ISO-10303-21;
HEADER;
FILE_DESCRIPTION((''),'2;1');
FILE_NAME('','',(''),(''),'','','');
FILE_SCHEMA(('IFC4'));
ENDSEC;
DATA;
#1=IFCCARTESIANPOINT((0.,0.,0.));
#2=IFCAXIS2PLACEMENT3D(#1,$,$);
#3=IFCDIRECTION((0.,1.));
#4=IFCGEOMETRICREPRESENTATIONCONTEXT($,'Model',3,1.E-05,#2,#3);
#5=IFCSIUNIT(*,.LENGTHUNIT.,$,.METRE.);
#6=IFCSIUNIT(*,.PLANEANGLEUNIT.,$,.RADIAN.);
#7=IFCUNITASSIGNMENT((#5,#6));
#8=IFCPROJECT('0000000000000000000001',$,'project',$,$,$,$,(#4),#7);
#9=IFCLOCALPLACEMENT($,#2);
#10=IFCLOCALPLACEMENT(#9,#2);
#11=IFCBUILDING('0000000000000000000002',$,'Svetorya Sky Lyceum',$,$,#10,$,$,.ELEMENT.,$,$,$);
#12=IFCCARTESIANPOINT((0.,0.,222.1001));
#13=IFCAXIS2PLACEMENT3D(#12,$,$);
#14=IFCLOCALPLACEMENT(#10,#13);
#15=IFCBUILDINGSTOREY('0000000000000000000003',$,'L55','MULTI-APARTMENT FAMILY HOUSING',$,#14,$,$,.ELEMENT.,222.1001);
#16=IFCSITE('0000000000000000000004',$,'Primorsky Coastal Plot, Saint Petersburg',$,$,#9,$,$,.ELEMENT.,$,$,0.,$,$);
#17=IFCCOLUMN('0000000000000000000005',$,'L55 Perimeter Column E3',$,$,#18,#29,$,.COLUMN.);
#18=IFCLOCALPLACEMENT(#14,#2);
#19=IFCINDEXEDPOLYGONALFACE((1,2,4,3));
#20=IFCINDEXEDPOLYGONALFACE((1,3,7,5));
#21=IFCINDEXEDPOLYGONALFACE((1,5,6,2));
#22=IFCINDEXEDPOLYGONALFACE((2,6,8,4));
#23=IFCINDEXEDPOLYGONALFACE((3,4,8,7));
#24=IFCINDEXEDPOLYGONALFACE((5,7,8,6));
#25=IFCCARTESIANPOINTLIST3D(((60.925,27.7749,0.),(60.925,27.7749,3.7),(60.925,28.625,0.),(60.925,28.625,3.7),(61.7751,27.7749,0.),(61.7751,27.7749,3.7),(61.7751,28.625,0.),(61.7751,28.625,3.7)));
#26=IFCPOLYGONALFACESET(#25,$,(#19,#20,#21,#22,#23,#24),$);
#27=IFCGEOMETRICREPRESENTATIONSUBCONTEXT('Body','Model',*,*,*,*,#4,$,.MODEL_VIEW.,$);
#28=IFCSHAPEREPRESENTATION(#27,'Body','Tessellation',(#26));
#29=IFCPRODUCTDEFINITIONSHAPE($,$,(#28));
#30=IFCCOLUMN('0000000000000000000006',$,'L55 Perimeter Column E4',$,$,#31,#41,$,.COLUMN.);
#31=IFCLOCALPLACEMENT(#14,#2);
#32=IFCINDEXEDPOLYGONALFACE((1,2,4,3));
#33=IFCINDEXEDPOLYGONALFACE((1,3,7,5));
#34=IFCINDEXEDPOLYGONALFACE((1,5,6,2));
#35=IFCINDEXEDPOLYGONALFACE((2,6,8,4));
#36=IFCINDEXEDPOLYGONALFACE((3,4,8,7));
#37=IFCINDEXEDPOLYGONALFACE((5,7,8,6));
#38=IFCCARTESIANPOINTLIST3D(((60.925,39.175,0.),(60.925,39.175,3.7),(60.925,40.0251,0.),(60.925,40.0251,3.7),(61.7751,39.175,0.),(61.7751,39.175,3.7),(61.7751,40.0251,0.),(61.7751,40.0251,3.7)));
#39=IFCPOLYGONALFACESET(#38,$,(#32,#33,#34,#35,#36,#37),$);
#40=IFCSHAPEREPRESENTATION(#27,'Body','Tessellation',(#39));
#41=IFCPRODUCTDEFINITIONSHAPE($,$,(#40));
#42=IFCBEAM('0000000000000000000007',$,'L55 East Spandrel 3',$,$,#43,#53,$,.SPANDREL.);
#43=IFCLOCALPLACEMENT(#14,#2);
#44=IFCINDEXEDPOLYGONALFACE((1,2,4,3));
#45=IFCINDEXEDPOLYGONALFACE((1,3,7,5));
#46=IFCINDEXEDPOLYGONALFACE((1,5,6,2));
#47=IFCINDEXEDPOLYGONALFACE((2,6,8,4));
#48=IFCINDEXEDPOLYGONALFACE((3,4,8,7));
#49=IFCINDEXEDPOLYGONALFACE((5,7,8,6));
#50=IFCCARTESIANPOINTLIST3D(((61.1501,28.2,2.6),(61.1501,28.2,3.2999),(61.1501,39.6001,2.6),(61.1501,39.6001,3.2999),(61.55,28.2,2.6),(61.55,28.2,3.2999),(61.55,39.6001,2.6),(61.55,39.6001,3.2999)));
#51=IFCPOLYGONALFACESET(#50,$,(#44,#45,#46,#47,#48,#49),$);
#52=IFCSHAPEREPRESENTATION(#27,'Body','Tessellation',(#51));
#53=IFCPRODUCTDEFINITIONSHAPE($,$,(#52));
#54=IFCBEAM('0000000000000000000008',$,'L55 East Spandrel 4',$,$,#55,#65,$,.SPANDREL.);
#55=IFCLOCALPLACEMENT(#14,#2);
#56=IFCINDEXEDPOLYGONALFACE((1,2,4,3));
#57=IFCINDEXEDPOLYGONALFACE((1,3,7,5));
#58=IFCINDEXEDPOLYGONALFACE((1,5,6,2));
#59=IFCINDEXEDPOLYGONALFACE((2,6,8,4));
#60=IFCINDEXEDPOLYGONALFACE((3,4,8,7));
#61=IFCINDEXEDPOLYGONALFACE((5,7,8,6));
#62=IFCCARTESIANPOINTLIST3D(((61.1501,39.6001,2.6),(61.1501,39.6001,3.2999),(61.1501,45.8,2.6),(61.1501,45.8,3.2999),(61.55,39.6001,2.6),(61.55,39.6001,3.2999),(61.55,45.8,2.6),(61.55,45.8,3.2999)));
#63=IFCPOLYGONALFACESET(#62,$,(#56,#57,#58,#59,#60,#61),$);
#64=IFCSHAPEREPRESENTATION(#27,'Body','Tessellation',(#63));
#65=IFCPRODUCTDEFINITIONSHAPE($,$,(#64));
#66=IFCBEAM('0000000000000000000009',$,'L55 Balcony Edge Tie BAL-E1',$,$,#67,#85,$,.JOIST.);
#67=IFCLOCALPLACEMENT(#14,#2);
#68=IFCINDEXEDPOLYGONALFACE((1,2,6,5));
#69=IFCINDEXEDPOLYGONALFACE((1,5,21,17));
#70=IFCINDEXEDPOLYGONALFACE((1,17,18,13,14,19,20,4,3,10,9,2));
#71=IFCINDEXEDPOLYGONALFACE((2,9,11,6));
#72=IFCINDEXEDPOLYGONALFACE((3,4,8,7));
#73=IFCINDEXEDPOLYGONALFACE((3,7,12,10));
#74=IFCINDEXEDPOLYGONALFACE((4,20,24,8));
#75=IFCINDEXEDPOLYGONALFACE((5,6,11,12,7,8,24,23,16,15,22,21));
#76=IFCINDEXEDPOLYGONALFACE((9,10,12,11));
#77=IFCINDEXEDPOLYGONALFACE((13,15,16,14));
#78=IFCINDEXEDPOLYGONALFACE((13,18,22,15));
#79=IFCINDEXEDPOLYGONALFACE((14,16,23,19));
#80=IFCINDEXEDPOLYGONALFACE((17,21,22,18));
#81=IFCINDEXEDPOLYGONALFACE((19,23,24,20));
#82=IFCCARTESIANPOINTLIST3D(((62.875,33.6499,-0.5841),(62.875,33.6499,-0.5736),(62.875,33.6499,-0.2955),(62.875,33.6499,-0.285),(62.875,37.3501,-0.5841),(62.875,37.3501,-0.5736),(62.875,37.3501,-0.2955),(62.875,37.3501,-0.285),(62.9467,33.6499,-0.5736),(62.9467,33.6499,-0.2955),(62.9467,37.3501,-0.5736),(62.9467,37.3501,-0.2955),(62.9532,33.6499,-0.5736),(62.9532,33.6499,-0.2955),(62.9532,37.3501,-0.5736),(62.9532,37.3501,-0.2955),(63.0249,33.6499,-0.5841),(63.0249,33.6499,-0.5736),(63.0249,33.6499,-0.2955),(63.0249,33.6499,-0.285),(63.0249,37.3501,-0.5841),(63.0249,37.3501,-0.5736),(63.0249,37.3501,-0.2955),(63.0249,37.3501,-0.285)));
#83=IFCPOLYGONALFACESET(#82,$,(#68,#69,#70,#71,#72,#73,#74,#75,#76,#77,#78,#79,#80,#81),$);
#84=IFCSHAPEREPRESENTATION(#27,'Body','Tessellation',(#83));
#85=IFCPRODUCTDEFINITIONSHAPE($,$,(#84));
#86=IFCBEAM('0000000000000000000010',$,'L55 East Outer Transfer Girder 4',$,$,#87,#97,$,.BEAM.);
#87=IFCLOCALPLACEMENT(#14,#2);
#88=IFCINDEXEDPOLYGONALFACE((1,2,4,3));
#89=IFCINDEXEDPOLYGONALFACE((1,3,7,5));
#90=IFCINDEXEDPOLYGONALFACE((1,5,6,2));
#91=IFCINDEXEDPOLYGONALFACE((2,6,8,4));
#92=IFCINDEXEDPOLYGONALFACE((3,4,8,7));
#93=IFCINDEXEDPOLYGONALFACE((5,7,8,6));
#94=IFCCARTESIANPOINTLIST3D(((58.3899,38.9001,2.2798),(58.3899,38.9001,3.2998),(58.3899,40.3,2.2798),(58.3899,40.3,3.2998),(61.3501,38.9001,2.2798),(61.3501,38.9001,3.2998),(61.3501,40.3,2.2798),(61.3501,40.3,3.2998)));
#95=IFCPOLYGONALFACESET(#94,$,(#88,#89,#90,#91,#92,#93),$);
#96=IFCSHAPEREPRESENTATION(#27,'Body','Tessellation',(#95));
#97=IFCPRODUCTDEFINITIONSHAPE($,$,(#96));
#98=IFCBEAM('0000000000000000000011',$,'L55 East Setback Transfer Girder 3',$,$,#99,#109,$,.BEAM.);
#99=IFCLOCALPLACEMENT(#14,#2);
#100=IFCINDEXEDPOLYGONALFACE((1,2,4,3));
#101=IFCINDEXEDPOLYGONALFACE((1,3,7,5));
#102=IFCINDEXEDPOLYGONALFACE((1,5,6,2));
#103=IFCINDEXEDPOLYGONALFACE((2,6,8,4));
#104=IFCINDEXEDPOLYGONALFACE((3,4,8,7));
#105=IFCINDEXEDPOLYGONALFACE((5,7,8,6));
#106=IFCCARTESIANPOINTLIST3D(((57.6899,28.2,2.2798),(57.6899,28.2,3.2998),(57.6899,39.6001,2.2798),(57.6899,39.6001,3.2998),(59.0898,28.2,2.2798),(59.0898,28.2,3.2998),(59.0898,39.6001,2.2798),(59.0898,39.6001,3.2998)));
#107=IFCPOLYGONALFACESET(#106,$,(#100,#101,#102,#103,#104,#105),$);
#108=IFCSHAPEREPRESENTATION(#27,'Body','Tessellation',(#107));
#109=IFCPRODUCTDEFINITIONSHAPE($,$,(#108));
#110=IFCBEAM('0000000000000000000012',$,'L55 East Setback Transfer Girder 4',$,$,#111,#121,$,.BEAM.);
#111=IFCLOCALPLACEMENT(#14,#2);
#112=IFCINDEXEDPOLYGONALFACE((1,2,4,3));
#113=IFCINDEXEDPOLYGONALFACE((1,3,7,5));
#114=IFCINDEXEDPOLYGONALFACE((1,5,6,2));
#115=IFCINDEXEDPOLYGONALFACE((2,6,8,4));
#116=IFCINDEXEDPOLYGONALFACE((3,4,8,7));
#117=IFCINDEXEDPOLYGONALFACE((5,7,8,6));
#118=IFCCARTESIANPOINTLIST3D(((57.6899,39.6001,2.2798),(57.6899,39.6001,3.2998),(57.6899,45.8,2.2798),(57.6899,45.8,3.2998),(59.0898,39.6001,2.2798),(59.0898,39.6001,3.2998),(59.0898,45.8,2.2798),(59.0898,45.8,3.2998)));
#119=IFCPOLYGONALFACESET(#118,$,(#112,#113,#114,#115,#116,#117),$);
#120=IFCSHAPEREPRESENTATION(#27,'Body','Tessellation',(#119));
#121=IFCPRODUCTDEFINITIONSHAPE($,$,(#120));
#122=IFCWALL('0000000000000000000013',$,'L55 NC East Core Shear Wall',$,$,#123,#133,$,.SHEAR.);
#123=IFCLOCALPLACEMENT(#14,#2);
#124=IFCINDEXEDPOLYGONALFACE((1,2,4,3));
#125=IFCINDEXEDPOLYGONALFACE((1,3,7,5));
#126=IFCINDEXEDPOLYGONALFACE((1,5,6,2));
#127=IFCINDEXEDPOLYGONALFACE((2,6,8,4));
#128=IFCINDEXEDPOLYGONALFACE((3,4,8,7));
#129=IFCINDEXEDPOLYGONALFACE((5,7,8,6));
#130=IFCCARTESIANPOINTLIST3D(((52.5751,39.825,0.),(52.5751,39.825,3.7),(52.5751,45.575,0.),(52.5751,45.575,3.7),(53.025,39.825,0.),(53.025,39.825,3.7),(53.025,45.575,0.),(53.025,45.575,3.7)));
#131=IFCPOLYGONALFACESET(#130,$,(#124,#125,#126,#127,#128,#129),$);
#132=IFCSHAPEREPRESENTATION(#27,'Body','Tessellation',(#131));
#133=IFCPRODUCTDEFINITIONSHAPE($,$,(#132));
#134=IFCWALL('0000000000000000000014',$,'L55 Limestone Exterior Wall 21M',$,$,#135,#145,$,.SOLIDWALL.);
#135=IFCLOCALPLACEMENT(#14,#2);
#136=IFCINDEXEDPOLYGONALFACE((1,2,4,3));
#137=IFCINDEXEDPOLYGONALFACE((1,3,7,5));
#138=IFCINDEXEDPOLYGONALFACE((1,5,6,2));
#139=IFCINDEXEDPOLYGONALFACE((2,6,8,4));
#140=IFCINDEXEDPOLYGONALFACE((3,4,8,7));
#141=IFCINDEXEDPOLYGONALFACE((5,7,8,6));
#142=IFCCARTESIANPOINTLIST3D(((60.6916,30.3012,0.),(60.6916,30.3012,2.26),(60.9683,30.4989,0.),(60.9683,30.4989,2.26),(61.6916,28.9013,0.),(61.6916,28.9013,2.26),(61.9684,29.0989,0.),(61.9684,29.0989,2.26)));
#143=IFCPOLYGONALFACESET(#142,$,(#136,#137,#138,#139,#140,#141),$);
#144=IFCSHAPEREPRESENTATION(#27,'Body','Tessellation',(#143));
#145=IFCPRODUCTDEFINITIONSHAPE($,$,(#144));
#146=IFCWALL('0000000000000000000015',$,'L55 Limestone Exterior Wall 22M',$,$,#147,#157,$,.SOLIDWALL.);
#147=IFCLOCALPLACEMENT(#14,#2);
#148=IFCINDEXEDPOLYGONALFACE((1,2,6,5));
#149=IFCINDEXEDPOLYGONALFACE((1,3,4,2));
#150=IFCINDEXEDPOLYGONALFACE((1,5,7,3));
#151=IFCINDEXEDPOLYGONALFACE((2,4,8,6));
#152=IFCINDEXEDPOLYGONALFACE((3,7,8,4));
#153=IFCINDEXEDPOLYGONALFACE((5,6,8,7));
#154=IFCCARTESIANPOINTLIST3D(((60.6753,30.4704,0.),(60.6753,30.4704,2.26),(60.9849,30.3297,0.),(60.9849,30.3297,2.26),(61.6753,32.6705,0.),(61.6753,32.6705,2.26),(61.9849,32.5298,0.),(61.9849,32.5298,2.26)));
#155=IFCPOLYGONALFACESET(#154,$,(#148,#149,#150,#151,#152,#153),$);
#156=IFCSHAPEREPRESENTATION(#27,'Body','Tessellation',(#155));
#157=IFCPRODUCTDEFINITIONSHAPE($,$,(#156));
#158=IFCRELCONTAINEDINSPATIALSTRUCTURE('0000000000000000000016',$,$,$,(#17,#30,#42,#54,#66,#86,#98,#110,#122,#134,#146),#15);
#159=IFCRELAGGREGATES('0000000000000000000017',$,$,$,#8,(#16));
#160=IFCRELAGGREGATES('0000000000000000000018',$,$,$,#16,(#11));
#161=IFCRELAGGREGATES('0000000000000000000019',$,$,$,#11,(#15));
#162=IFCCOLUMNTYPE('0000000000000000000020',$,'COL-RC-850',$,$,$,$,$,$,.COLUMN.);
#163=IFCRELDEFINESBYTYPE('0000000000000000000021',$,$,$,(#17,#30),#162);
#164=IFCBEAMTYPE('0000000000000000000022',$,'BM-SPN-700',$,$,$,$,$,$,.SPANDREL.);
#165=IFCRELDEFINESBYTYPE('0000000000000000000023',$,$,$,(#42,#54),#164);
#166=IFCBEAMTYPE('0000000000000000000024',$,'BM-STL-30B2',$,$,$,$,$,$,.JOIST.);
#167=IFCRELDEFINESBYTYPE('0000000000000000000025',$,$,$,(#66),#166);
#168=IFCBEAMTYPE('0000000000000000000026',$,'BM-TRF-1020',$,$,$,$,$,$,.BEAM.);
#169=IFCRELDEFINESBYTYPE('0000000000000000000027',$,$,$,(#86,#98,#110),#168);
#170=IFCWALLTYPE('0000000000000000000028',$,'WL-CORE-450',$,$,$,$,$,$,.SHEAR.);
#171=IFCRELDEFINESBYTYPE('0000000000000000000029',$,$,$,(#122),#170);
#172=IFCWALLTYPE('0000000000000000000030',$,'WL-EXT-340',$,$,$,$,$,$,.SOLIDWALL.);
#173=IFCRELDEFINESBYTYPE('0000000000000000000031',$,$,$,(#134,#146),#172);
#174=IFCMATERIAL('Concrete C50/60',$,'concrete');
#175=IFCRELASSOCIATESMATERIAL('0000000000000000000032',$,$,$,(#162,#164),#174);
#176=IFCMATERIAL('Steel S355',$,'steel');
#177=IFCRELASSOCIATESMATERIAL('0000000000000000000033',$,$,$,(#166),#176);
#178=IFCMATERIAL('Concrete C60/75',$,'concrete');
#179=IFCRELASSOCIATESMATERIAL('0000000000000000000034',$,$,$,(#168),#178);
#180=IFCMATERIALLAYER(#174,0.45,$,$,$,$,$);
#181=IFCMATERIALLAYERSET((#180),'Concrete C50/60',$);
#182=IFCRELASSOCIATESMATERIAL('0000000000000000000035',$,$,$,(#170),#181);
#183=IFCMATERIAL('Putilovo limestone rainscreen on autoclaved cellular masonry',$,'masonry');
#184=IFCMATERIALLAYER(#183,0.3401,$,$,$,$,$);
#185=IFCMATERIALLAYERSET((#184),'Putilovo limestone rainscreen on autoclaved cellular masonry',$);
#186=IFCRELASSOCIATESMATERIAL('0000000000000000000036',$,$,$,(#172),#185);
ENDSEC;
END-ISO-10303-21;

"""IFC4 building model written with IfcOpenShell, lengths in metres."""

from ifc_helpers import new_model, si_unit, direction, frame, frame_2d, origin, origin_2d, place, context, subcontext, project, spatial, rectangle, i_section, extrude, material, layer, layer_set, material_profile, profile_set, type_object, element, save


model = new_model("IFC4")

# Units and contexts
model_context = context("Model", 3, precision=1e-05, world=origin(), true_north=direction((0.0, 1.0)))
body_context = subcontext(model_context, "Body", "Model", "MODEL_VIEW")
ifc_project = project(units=[si_unit("LENGTHUNIT", "METRE"), si_unit("PLANEANGLEUNIT", "RADIAN")], contexts=[model_context])

# Site, building, storey
site_placement = place(None, origin())
site = spatial("IfcSite", under=ifc_project, at=site_placement, Name="Primorsky Coastal Plot, Saint Petersburg", CompositionType="ELEMENT", RefElevation=0.0)
building_placement = place(site_placement, origin())
building = spatial("IfcBuilding", under=site, at=building_placement, Name="Svetorya Sky Lyceum", CompositionType="ELEMENT")
storey_placement = place(building_placement, frame((0.0, 0.0, 222.1001)))
storey = spatial("IfcBuildingStorey", under=building, at=storey_placement, Name="L55", Description="MULTI-APARTMENT FAMILY HOUSING", CompositionType="ELEMENT", Elevation=222.1001)

# Columns
ifc_material_1 = material(Name="Concrete C50/60", Category="concrete")
ifc_material_profile_1 = material_profile(ifc_material_1, rectangle(XDim=0.8501, YDim=0.8501, at=origin_2d()), Name="RC COL 850x850")
ifc_profile_set_1 = profile_set([ifc_material_profile_1], Name="Concrete C50/60")
column_type = type_object("IfcColumnType", Name="COL-RC-850", PredefinedType="COLUMN", material=ifc_profile_set_1)
for number, where, z_axis, x_axis, name in (
    (1, (61.3501, 28.2, 0.0), (0.0, 0.0, 1.0), (1.0, 0.0, 0.0), "L55 Perimeter Column E3"),
    (2, (61.3501, 39.6001, 0.0), (0.0, 0.0, 1.0), (1.0, 0.0, 0.0), "L55 Perimeter Column E4"),
):
    element("IfcColumn", number, at=place(storey_placement, frame(where, z_axis=z_axis, x_axis=x_axis)), inside=storey, type_object=column_type, Name=name, PredefinedType="COLUMN", context=body_context, shape_type="SweptSolid", body=[
        extrude(rectangle(XDim=0.8501, YDim=0.8501, at=origin_2d()), origin(), (0.0, 0.0, 1.0), 3.7),
    ])

# Beams
ifc_material_profile_2 = material_profile(ifc_material_1, rectangle(XDim=0.3999, YDim=0.7, at=origin_2d()), Name="RC SPANDREL 400x700")
ifc_profile_set_2 = profile_set([ifc_material_profile_2], Name="Concrete C50/60")
beam_type_1 = type_object("IfcBeamType", Name="BM-SPN-700", PredefinedType="SPANDREL", material=ifc_profile_set_2)
beam_1_placement = place(storey_placement, frame((61.3501, 28.2, 2.95), z_axis=(0.0, 1.0, 0.0), x_axis=(-1.0, 0.0, 0.0)))
element("IfcBeam", 3, at=beam_1_placement, inside=storey, type_object=beam_type_1, Name="L55 East Spandrel 3", PredefinedType="SPANDREL", context=body_context, shape_type="SweptSolid", body=[
    extrude(rectangle(XDim=0.3999, YDim=0.7, at=origin_2d()), origin(), (0.0, 0.0, 1.0), 11.4001),
])
beam_2_placement = place(storey_placement, frame((61.3501, 39.6001, 2.95), z_axis=(0.0, 1.0, 0.0), x_axis=(-1.0, 0.0, 0.0)))
element("IfcBeam", 4, at=beam_2_placement, inside=storey, type_object=beam_type_1, Name="L55 East Spandrel 4", PredefinedType="SPANDREL", context=body_context, shape_type="SweptSolid", body=[
    extrude(rectangle(XDim=0.3999, YDim=0.7, at=origin_2d()), origin(), (0.0, 0.0, 1.0), 6.2),
])
ifc_material_2 = material(Name="Steel S355", Category="steel")
ifc_material_profile_3 = material_profile(ifc_material_2, i_section(OverallWidth=0.1499, OverallDepth=0.2991, WebThickness=0.0066, FlangeThickness=0.0105, at=origin_2d()), Name="GOST 30B2")
ifc_profile_set_3 = profile_set([ifc_material_profile_3], Name="Steel S355")
beam_type_2 = type_object("IfcBeamType", Name="BM-STL-30B2", PredefinedType="JOIST", material=ifc_profile_set_3)
beam_3_placement = place(storey_placement, frame((62.95, 33.6499, -0.4346), z_axis=(0.0, 1.0, 0.0), x_axis=(-1.0, 0.0, 0.0)))
element("IfcBeam", 5, at=beam_3_placement, inside=storey, type_object=beam_type_2, Name="L55 Balcony Edge Tie BAL-E1", PredefinedType="JOIST", context=body_context, shape_type="SweptSolid", body=[
    extrude(i_section(OverallWidth=0.1499, OverallDepth=0.2991, WebThickness=0.0066, FlangeThickness=0.0105, at=origin_2d()), origin(), (0.0, 0.0, 1.0), 3.7002),
])
ifc_material_3 = material(Name="Concrete C60/75", Category="concrete")
ifc_material_profile_4 = material_profile(ifc_material_3, rectangle(XDim=1.3999, YDim=1.02, at=origin_2d()), Name="RC TRANSFER 1400x1020")
ifc_profile_set_4 = profile_set([ifc_material_profile_4], Name="Concrete C60/75")
beam_type_3 = type_object("IfcBeamType", Name="BM-TRF-1020", PredefinedType="BEAM", material=ifc_profile_set_4)
beam_4_placement = place(storey_placement, frame((58.3899, 39.6001, 2.7898), z_axis=(1.0, 0.0, 0.0), x_axis=(0.0, 1.0, 0.0)))
element("IfcBeam", 6, at=beam_4_placement, inside=storey, type_object=beam_type_3, Name="L55 East Outer Transfer Girder 4", PredefinedType="BEAM", context=body_context, shape_type="SweptSolid", body=[
    extrude(rectangle(XDim=1.3999, YDim=1.02, at=origin_2d()), origin(), (0.0, 0.0, 1.0), 2.9602),
])
beam_5_placement = place(storey_placement, frame((58.3899, 28.2, 2.7898), z_axis=(0.0, 1.0, 0.0), x_axis=(-1.0, 0.0, 0.0)))
element("IfcBeam", 7, at=beam_5_placement, inside=storey, type_object=beam_type_3, Name="L55 East Setback Transfer Girder 3", PredefinedType="BEAM", context=body_context, shape_type="SweptSolid", body=[
    extrude(rectangle(XDim=1.3999, YDim=1.02, at=origin_2d()), origin(), (0.0, 0.0, 1.0), 11.4001),
])
beam_6_placement = place(storey_placement, frame((58.3899, 39.6001, 2.7898), z_axis=(0.0, 1.0, 0.0), x_axis=(-1.0, 0.0, 0.0)))
element("IfcBeam", 8, at=beam_6_placement, inside=storey, type_object=beam_type_3, Name="L55 East Setback Transfer Girder 4", PredefinedType="BEAM", context=body_context, shape_type="SweptSolid", body=[
    extrude(rectangle(XDim=1.3999, YDim=1.02, at=origin_2d()), origin(), (0.0, 0.0, 1.0), 6.2),
])

# Walls
ifc_layer_1 = layer(ifc_material_1, 0.45)
ifc_layer_set_1 = layer_set([ifc_layer_1], Name="Concrete C50/60")
wall_type_1 = type_object("IfcWallType", Name="WL-CORE-450", PredefinedType="SHEAR", material=ifc_layer_set_1)
wall_1_placement = place(storey_placement, frame((52.8, 39.825, 0.0), z_axis=(0.0, 0.0, 1.0), x_axis=(0.0, 1.0, 0.0)))
element("IfcWall", 9, at=wall_1_placement, inside=storey, type_object=wall_type_1, Name="L55 NC East Core Shear Wall", PredefinedType="SHEAR", context=body_context, shape_type="SweptSolid", body=[
    extrude(rectangle(XDim=5.75, YDim=0.45, at=frame_2d((2.875, 0.0))), origin(), (0.0, 0.0, 1.0), 3.7),
])
ifc_material_4 = material(Name="Putilovo limestone rainscreen on autoclaved cellular masonry", Category="masonry")
ifc_layer_2 = layer(ifc_material_4, 0.3401)
ifc_layer_set_2 = layer_set([ifc_layer_2], Name="Putilovo limestone rainscreen on autoclaved cellular masonry")
wall_type_2 = type_object("IfcWallType", Name="WL-EXT-340", PredefinedType="SOLIDWALL", material=ifc_layer_set_2)
wall_2_placement = place(storey_placement, frame((61.8301, 29.0, 0.0), z_axis=(0.0, 0.0, 1.0), x_axis=(-0.581265, 0.813714, 0.0)))
element("IfcWall", 10, at=wall_2_placement, inside=storey, type_object=wall_type_2, Name="L55 Limestone Exterior Wall 21M", PredefinedType="SOLIDWALL", context=body_context, shape_type="SweptSolid", body=[
    extrude(rectangle(XDim=1.7205, YDim=0.3401, at=frame_2d((0.8604, 0.0))), origin(), (0.0, 0.0, 1.0), 2.26),
])
wall_3_placement = place(storey_placement, frame((60.8301, 30.3999, 0.0), z_axis=(0.0, 0.0, 1.0), x_axis=(0.413773, 0.91038, 0.0)))
element("IfcWall", 11, at=wall_3_placement, inside=storey, type_object=wall_type_2, Name="L55 Limestone Exterior Wall 22M", PredefinedType="SOLIDWALL", context=body_context, shape_type="SweptSolid", body=[
    extrude(rectangle(XDim=2.4167, YDim=0.3401, at=frame_2d((1.2085, 0.0))), origin(), (0.0, 0.0, 1.0), 2.26),
])

save(model, "model.ifc")
